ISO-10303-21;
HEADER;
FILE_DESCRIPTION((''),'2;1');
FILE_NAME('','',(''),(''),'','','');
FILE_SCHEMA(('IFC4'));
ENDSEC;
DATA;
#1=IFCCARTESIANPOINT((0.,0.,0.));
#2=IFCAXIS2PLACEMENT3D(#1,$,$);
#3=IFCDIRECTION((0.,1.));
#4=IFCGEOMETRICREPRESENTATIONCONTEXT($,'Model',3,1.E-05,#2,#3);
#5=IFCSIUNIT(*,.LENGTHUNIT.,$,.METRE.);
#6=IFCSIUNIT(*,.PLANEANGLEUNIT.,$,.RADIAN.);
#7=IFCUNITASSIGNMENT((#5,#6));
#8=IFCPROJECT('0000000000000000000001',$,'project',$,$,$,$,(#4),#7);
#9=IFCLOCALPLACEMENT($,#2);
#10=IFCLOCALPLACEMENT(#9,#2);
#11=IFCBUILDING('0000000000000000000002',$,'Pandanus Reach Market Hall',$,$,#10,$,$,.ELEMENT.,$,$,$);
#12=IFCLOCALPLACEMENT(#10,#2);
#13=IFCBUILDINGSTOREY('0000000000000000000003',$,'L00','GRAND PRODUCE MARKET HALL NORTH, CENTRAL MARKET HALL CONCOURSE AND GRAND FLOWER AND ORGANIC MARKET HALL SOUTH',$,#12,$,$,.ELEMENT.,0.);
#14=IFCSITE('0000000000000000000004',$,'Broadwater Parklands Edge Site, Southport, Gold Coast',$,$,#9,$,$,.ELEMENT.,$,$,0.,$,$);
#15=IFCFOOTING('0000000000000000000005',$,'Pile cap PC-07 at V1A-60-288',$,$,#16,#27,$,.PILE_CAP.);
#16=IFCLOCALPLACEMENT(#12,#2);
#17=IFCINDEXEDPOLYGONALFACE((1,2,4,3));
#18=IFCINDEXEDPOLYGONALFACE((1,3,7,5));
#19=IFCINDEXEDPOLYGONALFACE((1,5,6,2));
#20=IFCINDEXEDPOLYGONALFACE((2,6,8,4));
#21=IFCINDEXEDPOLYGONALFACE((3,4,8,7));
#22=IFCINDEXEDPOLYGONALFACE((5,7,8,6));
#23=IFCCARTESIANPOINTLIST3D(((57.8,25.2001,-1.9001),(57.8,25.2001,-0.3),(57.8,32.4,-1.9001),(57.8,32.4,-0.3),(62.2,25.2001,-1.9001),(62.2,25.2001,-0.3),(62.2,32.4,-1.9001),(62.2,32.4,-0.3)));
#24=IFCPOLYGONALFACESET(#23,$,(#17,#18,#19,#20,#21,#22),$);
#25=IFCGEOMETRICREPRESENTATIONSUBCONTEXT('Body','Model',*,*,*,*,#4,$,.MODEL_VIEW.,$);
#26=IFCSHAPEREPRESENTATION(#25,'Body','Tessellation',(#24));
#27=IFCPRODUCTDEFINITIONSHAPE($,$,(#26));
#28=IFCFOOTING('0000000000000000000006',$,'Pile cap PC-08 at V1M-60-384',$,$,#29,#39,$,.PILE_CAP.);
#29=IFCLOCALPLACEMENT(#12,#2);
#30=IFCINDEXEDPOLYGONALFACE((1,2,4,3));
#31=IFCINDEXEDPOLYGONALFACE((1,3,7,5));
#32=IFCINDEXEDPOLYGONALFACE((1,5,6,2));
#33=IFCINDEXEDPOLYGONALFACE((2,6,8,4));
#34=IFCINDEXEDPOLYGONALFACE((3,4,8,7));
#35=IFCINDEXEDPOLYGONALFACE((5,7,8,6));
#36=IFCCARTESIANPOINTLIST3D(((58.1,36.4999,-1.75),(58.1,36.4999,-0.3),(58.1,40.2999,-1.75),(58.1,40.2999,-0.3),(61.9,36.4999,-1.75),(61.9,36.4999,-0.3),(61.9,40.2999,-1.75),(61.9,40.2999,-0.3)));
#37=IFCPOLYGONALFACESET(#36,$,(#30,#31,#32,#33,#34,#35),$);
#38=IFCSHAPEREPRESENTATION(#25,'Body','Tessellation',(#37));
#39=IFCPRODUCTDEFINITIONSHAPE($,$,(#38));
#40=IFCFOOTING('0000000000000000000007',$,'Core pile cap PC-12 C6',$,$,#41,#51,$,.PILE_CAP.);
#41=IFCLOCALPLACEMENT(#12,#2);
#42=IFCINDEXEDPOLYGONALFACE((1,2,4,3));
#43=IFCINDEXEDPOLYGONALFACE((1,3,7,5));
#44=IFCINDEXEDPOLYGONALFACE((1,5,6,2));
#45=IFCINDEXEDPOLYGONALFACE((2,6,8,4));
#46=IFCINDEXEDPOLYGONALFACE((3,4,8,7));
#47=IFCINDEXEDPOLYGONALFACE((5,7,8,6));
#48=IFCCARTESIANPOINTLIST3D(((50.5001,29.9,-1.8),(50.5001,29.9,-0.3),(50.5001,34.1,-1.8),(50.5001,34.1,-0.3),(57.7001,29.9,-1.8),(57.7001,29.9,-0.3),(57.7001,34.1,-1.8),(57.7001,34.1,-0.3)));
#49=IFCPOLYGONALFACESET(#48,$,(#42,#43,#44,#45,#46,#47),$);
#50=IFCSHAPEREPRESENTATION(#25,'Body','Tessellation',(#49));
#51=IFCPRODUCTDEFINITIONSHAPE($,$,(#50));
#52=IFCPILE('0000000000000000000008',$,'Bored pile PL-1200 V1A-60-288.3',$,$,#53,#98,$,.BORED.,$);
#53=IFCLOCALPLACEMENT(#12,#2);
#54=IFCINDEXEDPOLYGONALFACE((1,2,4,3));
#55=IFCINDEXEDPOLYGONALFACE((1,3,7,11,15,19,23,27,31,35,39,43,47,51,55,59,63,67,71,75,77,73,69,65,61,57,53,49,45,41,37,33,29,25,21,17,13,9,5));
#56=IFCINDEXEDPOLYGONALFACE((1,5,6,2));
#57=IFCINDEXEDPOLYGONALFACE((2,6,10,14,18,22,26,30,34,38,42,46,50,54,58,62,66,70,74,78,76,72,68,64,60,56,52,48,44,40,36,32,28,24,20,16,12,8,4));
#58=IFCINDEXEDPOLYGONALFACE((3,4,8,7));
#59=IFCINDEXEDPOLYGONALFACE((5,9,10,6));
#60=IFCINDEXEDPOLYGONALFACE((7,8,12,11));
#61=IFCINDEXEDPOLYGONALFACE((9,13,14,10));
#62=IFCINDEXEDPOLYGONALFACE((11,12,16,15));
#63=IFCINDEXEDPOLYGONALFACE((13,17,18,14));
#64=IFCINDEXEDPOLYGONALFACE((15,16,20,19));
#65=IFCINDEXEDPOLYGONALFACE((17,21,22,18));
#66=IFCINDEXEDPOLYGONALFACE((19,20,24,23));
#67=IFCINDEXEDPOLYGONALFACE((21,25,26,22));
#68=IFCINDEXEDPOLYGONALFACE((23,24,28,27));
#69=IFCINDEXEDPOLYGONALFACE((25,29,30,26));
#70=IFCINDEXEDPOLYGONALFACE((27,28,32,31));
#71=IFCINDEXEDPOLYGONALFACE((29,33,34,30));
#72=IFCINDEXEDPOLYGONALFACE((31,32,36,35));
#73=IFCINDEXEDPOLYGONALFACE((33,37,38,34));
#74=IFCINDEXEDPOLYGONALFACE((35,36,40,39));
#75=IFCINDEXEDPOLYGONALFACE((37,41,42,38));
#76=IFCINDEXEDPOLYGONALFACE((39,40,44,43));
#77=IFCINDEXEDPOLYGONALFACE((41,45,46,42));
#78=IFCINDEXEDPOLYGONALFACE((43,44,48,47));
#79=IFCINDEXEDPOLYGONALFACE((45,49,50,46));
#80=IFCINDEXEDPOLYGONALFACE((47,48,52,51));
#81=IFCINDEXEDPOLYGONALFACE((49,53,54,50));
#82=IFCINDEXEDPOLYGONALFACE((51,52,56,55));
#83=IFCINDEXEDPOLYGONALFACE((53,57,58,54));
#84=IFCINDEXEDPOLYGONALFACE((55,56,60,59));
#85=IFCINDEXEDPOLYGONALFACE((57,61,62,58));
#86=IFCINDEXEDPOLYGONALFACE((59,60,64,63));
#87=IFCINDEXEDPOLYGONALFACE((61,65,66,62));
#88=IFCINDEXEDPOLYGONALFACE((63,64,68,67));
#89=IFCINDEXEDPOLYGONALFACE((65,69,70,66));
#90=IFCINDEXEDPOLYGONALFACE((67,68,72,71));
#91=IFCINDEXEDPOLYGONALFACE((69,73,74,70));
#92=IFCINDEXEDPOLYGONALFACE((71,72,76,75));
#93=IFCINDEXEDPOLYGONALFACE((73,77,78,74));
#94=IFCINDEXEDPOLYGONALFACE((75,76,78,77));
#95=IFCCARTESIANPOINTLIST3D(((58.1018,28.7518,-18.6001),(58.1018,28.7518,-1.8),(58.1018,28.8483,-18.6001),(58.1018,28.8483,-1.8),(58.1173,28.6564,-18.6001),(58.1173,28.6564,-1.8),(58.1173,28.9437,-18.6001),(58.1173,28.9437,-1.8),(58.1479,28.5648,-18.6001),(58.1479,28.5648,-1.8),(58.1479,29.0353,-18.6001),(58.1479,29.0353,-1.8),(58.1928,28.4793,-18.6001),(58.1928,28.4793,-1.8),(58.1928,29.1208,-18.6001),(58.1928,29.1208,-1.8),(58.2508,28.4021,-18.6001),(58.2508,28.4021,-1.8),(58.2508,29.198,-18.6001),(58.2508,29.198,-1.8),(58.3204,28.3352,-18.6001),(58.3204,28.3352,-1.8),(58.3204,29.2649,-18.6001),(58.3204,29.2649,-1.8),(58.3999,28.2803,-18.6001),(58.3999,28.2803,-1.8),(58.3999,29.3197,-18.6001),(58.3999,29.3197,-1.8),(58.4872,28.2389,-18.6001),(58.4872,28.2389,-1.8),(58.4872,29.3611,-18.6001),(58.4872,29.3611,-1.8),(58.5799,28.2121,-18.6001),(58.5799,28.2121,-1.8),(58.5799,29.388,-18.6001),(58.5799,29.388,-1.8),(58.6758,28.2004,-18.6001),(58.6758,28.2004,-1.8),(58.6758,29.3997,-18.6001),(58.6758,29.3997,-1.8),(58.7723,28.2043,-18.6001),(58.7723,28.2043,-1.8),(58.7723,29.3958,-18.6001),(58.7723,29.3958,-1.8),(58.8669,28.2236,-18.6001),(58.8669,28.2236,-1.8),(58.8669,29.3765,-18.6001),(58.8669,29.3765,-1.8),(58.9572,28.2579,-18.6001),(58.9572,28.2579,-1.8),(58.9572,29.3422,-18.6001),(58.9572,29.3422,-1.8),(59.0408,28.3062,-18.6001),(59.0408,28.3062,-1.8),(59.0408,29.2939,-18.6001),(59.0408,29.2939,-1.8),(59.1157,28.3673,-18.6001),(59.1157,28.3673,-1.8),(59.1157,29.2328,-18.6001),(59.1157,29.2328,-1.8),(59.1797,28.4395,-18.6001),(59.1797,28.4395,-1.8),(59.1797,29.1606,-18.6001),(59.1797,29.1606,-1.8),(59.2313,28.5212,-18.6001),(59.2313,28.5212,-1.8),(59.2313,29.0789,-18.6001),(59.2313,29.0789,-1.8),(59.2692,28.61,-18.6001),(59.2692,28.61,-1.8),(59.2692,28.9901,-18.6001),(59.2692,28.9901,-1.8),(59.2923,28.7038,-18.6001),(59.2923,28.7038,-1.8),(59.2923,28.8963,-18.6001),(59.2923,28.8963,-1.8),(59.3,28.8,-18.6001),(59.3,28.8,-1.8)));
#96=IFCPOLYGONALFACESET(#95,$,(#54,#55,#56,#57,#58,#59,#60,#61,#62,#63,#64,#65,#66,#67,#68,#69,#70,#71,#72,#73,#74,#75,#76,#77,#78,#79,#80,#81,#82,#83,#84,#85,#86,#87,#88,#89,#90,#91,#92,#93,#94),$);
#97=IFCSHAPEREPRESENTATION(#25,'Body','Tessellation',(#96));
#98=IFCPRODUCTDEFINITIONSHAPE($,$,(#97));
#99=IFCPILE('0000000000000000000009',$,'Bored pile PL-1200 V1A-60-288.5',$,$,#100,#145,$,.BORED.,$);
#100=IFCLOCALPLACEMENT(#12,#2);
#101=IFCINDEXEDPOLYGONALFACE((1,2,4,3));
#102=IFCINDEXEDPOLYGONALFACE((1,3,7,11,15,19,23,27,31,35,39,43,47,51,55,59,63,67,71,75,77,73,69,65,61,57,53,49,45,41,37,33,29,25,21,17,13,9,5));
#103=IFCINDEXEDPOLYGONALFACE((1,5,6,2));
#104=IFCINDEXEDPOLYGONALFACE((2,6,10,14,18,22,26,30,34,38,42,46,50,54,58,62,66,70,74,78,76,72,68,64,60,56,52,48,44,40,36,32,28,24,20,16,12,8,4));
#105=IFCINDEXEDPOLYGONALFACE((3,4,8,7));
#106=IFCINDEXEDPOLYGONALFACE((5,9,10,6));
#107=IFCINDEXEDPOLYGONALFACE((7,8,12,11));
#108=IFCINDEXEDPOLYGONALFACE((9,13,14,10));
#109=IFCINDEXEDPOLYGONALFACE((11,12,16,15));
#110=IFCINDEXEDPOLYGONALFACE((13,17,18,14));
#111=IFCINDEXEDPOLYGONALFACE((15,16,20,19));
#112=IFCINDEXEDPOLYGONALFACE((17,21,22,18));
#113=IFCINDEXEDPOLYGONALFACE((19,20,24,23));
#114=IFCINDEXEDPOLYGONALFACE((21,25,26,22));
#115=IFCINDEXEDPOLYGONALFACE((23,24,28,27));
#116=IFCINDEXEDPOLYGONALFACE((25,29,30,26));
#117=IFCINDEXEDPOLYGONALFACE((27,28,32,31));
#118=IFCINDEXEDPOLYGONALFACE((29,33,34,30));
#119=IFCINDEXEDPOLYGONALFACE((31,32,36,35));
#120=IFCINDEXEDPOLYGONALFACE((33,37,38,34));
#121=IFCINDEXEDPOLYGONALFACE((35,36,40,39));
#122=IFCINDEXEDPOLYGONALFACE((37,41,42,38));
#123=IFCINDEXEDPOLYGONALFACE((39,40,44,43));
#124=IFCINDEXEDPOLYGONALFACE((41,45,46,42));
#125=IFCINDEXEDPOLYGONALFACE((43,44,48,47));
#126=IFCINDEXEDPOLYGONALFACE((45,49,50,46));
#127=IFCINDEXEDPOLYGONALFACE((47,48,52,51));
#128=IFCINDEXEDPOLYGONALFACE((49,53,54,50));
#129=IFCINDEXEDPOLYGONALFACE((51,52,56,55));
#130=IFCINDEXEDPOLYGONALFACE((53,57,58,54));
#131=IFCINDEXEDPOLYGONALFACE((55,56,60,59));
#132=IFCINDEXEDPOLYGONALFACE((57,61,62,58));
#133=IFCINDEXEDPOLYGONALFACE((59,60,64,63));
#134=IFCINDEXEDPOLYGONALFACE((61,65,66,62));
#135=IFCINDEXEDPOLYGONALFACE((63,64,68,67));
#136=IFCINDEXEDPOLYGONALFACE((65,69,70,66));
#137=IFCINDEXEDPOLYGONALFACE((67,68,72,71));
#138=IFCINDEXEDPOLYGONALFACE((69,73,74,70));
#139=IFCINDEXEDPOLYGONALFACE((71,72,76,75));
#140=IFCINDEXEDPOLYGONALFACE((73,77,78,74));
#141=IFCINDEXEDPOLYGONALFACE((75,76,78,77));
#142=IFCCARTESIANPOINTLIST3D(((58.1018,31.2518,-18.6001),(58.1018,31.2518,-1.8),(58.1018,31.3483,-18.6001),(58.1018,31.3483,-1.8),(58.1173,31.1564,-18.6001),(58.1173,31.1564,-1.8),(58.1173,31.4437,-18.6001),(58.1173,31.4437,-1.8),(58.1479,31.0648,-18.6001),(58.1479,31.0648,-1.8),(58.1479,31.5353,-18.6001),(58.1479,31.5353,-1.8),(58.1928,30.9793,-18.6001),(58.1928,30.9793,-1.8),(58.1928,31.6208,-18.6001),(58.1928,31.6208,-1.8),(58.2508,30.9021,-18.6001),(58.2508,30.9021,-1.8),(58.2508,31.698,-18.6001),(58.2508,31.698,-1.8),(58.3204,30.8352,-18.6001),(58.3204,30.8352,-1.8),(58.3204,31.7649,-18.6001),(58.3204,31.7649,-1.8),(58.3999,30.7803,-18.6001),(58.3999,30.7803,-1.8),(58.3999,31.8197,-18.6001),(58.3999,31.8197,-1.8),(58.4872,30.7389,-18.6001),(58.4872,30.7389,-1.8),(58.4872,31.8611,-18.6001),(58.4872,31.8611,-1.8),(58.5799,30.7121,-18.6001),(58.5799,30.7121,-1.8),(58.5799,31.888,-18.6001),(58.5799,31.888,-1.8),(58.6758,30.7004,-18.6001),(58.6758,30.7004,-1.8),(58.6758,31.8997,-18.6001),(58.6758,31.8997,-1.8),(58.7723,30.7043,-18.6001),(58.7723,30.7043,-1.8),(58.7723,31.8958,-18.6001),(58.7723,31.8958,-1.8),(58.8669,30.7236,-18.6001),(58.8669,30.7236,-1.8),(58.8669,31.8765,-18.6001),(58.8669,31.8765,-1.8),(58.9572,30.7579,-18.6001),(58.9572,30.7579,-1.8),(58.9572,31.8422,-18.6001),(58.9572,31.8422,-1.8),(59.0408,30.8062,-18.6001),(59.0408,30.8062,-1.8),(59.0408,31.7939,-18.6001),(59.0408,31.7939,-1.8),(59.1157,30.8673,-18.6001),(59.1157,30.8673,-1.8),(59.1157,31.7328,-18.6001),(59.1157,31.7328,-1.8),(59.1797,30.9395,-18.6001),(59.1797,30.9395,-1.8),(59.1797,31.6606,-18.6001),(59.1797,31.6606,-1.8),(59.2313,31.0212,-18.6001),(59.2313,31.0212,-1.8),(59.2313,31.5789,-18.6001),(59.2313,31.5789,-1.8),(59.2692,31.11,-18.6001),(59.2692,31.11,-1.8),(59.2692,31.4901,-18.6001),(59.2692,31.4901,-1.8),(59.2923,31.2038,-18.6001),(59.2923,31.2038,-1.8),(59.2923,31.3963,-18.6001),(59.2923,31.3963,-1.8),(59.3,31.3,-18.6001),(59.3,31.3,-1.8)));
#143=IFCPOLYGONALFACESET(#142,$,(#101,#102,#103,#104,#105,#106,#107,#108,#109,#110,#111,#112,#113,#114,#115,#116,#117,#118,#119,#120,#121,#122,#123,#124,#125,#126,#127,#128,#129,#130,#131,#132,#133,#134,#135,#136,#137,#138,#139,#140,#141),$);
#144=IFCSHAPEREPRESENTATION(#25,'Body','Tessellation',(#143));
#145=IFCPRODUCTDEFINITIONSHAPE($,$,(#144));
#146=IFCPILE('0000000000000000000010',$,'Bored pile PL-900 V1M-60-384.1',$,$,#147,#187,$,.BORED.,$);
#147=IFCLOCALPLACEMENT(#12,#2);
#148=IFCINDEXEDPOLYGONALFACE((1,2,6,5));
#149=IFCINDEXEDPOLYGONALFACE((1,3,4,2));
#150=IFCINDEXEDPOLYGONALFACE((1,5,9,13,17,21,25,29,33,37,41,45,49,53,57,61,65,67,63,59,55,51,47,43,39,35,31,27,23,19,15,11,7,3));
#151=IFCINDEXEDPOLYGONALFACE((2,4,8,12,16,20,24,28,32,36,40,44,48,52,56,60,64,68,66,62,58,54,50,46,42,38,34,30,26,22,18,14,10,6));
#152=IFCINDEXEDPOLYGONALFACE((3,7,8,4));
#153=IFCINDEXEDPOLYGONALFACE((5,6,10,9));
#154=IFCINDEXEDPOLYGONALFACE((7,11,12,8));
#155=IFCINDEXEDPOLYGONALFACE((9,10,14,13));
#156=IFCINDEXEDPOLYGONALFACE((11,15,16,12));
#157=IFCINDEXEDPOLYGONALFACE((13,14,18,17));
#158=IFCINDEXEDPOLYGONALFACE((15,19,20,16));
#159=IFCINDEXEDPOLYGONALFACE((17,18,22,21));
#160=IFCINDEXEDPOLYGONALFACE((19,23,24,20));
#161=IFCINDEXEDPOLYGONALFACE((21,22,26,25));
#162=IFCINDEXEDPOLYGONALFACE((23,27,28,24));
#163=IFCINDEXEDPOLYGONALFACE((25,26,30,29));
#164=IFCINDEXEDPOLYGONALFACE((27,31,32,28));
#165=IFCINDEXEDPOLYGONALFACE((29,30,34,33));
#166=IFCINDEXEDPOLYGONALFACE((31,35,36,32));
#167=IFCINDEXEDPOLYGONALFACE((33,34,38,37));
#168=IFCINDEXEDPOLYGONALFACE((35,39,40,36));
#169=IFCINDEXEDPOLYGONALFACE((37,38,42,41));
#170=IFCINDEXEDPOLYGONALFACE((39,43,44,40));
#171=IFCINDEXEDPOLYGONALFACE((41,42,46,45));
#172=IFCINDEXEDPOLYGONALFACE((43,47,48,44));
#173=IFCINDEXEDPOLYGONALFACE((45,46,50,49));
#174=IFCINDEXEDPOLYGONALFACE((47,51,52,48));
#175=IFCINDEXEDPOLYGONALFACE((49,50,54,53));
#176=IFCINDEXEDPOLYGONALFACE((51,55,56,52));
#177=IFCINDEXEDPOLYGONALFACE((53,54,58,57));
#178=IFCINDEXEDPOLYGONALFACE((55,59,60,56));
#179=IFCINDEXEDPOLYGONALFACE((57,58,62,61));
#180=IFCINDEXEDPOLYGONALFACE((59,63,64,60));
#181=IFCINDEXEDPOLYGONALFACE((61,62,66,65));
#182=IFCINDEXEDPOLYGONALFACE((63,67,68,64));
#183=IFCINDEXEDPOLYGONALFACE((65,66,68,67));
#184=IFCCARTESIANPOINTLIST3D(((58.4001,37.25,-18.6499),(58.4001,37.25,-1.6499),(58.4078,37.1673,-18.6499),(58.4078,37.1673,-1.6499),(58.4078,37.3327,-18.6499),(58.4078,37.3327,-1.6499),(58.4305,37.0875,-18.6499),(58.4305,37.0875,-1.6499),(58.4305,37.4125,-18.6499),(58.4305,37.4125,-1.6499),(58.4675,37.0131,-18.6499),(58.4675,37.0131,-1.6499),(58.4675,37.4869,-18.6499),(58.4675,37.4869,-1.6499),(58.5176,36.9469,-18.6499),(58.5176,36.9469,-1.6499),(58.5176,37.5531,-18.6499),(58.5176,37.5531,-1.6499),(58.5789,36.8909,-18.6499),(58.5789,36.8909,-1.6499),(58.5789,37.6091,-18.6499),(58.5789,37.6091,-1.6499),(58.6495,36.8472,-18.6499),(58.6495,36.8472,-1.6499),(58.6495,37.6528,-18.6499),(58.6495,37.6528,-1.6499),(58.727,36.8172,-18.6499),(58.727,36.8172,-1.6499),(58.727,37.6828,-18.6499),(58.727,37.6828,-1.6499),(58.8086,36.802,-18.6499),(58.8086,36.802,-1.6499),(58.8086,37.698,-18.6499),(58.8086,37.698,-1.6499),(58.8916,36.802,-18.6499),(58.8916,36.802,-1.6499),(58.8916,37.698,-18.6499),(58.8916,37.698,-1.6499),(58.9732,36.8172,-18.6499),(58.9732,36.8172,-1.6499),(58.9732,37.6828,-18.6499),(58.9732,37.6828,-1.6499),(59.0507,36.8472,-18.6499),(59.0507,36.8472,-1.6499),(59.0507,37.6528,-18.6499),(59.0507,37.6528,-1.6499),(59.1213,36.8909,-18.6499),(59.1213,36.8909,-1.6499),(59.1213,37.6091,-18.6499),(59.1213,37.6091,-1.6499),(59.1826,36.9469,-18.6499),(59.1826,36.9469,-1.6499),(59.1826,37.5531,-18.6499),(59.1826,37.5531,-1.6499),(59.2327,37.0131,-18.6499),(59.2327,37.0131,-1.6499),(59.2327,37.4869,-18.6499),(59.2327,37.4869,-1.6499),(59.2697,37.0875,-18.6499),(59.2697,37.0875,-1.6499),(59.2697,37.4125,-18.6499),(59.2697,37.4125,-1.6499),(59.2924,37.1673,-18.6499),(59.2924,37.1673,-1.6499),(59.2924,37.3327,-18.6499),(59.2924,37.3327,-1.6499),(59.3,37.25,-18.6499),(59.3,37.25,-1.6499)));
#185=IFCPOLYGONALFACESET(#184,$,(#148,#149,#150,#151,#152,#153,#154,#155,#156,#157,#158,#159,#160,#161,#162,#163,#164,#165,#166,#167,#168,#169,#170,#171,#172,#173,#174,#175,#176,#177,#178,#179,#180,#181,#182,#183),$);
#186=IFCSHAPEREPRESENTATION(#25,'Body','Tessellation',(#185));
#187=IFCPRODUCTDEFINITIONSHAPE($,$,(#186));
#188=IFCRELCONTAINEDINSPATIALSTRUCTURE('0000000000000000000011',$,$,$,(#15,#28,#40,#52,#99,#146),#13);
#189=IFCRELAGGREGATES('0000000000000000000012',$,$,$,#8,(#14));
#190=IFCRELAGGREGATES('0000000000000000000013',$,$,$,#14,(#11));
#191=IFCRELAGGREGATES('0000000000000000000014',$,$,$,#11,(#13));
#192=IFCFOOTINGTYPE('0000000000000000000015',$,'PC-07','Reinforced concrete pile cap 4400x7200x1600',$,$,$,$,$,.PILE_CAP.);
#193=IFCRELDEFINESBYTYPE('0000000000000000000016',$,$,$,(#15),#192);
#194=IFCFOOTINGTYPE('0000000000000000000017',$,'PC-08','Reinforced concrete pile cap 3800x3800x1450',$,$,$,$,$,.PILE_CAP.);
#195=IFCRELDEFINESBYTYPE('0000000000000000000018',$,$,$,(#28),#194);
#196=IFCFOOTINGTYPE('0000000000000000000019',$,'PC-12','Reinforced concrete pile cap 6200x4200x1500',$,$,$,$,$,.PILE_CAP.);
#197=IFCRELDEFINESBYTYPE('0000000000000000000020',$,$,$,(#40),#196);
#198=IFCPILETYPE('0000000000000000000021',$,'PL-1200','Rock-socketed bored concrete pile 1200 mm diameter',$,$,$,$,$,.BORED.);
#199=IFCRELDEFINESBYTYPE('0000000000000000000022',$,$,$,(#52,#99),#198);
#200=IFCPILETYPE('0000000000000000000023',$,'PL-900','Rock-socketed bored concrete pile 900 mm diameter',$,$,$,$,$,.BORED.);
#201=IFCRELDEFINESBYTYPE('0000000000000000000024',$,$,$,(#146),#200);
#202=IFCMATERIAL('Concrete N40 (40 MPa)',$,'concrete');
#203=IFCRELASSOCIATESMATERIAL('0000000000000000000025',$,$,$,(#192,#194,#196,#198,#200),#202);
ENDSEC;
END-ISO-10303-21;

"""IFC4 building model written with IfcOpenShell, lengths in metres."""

from ifc_helpers import new_model, si_unit, direction, frame, origin, origin_2d, place, context, subcontext, project, spatial, rectangle, circle, extrude, material, material_profile, profile_set, type_object, element, save


model = new_model("IFC4")

# Units and contexts
model_context = context("Model", 3, precision=1e-05, world=origin(), true_north=direction((0.0, 1.0)))
body_context = subcontext(model_context, "Body", "Model", "MODEL_VIEW")
ifc_project = project(units=[si_unit("LENGTHUNIT", "METRE"), si_unit("PLANEANGLEUNIT", "RADIAN")], contexts=[model_context])

# Site, building, storey
site_placement = place(None, origin())
site = spatial("IfcSite", under=ifc_project, at=site_placement, Name="Broadwater Parklands Edge Site, Southport, Gold Coast", CompositionType="ELEMENT", RefElevation=0.0)
building_placement = place(site_placement, origin())
building = spatial("IfcBuilding", under=site, at=building_placement, Name="Pandanus Reach Market Hall", CompositionType="ELEMENT")
storey_placement = place(building_placement, origin())
storey = spatial("IfcBuildingStorey", under=building, at=storey_placement, Name="L00", Description="GRAND PRODUCE MARKET HALL NORTH, CENTRAL MARKET HALL CONCOURSE AND GRAND FLOWER AND ORGANIC MARKET HALL SOUTH", CompositionType="ELEMENT", Elevation=0.0)

# Footings
ifc_material_1 = material(Name="Concrete N40 (40 MPa)", Category="concrete")
footing_type_1 = type_object("IfcFootingType", Name="PC-07", Description="Reinforced concrete pile cap 4400x7200x1600", PredefinedType="PILE_CAP", material=ifc_material_1)
footing_1_placement = place(storey_placement, frame((60.0, 28.8, -1.9001), z_axis=(0.0, 0.0, 1.0), x_axis=(1.0, 0.0, 0.0)))
element("IfcFooting", 1, at=footing_1_placement, inside=storey, type_object=footing_type_1, Name="Pile cap PC-07 at V1A-60-288", PredefinedType="PILE_CAP", context=body_context, shape_type="SweptSolid", body=[
    extrude(rectangle(XDim=4.3999, YDim=7.2, at=origin_2d()), origin(), (0.0, 0.0, 1.0), 1.6001),
])
footing_type_2 = type_object("IfcFootingType", Name="PC-08", Description="Reinforced concrete pile cap 3800x3800x1450", PredefinedType="PILE_CAP", material=ifc_material_1)
footing_2_placement = place(storey_placement, frame((60.0, 38.3999, -1.75), z_axis=(0.0, 0.0, 1.0), x_axis=(1.0, 0.0, 0.0)))
element("IfcFooting", 2, at=footing_2_placement, inside=storey, type_object=footing_type_2, Name="Pile cap PC-08 at V1M-60-384", PredefinedType="PILE_CAP", context=body_context, shape_type="SweptSolid", body=[
    extrude(rectangle(XDim=3.8, YDim=3.8, at=origin_2d()), origin(), (0.0, 0.0, 1.0), 1.45),
])
footing_type_3 = type_object("IfcFootingType", Name="PC-12", Description="Reinforced concrete pile cap 6200x4200x1500", PredefinedType="PILE_CAP", material=ifc_material_1)
footing_3_placement = place(storey_placement, frame((54.1001, 32.0, -1.8), z_axis=(0.0, 0.0, 1.0), x_axis=(1.0, 0.0, 0.0)))
element("IfcFooting", 3, at=footing_3_placement, inside=storey, type_object=footing_type_3, Name="Core pile cap PC-12 C6", PredefinedType="PILE_CAP", context=body_context, shape_type="SweptSolid", body=[
    extrude(rectangle(XDim=7.2, YDim=4.2, at=origin_2d()), origin(), (0.0, 0.0, 1.0), 1.5),
])

# Piles
ifc_material_profile_1 = material_profile(ifc_material_1, circle(Radius=0.6001, at=origin_2d()), Name="PILE-1200D", Category="LoadBearing")
ifc_profile_set_1 = profile_set([ifc_material_profile_1], Name="Concrete N40 (40 MPa)")
pile_type_1 = type_object("IfcPileType", Name="PL-1200", Description="Rock-socketed bored concrete pile 1200 mm diameter", PredefinedType="BORED", material=ifc_profile_set_1)
for number, where, z_axis, x_axis, name in (
    (4, (58.7, 28.8, -1.8), (0.0, 0.0, -1.0), (1.0, 0.0, 0.0), "Bored pile PL-1200 V1A-60-288.3"),
    (5, (58.7, 31.3, -1.8), (0.0, 0.0, -1.0), (1.0, 0.0, 0.0), "Bored pile PL-1200 V1A-60-288.5"),
):
    element("IfcPile", number, at=place(storey_placement, frame(where, z_axis=z_axis, x_axis=x_axis)), inside=storey, type_object=pile_type_1, Name=name, PredefinedType="BORED", context=body_context, shape_type="SweptSolid", body=[
        extrude(circle(Radius=0.6001, at=origin_2d()), origin(), (0.0, 0.0, 1.0), 16.8),
    ])
ifc_material_profile_2 = material_profile(ifc_material_1, circle(Radius=0.45, at=origin_2d()), Name="PILE-900D", Category="LoadBearing")
ifc_profile_set_2 = profile_set([ifc_material_profile_2], Name="Concrete N40 (40 MPa)")
pile_type_2 = type_object("IfcPileType", Name="PL-900", Description="Rock-socketed bored concrete pile 900 mm diameter", PredefinedType="BORED", material=ifc_profile_set_2)
for number, where, z_axis, x_axis, name in (
    (6, (58.8501, 37.25, -1.6499), (0.0, 0.0, -1.0), (1.0, 0.0, 0.0), "Bored pile PL-900 V1M-60-384.1"),
):
    element("IfcPile", number, at=place(storey_placement, frame(where, z_axis=z_axis, x_axis=x_axis)), inside=storey, type_object=pile_type_2, Name=name, PredefinedType="BORED", context=body_context, shape_type="SweptSolid", body=[
        extrude(circle(Radius=0.45, at=origin_2d()), origin(), (0.0, 0.0, 1.0), 17.0),
    ])

save(model, "model.ifc")
